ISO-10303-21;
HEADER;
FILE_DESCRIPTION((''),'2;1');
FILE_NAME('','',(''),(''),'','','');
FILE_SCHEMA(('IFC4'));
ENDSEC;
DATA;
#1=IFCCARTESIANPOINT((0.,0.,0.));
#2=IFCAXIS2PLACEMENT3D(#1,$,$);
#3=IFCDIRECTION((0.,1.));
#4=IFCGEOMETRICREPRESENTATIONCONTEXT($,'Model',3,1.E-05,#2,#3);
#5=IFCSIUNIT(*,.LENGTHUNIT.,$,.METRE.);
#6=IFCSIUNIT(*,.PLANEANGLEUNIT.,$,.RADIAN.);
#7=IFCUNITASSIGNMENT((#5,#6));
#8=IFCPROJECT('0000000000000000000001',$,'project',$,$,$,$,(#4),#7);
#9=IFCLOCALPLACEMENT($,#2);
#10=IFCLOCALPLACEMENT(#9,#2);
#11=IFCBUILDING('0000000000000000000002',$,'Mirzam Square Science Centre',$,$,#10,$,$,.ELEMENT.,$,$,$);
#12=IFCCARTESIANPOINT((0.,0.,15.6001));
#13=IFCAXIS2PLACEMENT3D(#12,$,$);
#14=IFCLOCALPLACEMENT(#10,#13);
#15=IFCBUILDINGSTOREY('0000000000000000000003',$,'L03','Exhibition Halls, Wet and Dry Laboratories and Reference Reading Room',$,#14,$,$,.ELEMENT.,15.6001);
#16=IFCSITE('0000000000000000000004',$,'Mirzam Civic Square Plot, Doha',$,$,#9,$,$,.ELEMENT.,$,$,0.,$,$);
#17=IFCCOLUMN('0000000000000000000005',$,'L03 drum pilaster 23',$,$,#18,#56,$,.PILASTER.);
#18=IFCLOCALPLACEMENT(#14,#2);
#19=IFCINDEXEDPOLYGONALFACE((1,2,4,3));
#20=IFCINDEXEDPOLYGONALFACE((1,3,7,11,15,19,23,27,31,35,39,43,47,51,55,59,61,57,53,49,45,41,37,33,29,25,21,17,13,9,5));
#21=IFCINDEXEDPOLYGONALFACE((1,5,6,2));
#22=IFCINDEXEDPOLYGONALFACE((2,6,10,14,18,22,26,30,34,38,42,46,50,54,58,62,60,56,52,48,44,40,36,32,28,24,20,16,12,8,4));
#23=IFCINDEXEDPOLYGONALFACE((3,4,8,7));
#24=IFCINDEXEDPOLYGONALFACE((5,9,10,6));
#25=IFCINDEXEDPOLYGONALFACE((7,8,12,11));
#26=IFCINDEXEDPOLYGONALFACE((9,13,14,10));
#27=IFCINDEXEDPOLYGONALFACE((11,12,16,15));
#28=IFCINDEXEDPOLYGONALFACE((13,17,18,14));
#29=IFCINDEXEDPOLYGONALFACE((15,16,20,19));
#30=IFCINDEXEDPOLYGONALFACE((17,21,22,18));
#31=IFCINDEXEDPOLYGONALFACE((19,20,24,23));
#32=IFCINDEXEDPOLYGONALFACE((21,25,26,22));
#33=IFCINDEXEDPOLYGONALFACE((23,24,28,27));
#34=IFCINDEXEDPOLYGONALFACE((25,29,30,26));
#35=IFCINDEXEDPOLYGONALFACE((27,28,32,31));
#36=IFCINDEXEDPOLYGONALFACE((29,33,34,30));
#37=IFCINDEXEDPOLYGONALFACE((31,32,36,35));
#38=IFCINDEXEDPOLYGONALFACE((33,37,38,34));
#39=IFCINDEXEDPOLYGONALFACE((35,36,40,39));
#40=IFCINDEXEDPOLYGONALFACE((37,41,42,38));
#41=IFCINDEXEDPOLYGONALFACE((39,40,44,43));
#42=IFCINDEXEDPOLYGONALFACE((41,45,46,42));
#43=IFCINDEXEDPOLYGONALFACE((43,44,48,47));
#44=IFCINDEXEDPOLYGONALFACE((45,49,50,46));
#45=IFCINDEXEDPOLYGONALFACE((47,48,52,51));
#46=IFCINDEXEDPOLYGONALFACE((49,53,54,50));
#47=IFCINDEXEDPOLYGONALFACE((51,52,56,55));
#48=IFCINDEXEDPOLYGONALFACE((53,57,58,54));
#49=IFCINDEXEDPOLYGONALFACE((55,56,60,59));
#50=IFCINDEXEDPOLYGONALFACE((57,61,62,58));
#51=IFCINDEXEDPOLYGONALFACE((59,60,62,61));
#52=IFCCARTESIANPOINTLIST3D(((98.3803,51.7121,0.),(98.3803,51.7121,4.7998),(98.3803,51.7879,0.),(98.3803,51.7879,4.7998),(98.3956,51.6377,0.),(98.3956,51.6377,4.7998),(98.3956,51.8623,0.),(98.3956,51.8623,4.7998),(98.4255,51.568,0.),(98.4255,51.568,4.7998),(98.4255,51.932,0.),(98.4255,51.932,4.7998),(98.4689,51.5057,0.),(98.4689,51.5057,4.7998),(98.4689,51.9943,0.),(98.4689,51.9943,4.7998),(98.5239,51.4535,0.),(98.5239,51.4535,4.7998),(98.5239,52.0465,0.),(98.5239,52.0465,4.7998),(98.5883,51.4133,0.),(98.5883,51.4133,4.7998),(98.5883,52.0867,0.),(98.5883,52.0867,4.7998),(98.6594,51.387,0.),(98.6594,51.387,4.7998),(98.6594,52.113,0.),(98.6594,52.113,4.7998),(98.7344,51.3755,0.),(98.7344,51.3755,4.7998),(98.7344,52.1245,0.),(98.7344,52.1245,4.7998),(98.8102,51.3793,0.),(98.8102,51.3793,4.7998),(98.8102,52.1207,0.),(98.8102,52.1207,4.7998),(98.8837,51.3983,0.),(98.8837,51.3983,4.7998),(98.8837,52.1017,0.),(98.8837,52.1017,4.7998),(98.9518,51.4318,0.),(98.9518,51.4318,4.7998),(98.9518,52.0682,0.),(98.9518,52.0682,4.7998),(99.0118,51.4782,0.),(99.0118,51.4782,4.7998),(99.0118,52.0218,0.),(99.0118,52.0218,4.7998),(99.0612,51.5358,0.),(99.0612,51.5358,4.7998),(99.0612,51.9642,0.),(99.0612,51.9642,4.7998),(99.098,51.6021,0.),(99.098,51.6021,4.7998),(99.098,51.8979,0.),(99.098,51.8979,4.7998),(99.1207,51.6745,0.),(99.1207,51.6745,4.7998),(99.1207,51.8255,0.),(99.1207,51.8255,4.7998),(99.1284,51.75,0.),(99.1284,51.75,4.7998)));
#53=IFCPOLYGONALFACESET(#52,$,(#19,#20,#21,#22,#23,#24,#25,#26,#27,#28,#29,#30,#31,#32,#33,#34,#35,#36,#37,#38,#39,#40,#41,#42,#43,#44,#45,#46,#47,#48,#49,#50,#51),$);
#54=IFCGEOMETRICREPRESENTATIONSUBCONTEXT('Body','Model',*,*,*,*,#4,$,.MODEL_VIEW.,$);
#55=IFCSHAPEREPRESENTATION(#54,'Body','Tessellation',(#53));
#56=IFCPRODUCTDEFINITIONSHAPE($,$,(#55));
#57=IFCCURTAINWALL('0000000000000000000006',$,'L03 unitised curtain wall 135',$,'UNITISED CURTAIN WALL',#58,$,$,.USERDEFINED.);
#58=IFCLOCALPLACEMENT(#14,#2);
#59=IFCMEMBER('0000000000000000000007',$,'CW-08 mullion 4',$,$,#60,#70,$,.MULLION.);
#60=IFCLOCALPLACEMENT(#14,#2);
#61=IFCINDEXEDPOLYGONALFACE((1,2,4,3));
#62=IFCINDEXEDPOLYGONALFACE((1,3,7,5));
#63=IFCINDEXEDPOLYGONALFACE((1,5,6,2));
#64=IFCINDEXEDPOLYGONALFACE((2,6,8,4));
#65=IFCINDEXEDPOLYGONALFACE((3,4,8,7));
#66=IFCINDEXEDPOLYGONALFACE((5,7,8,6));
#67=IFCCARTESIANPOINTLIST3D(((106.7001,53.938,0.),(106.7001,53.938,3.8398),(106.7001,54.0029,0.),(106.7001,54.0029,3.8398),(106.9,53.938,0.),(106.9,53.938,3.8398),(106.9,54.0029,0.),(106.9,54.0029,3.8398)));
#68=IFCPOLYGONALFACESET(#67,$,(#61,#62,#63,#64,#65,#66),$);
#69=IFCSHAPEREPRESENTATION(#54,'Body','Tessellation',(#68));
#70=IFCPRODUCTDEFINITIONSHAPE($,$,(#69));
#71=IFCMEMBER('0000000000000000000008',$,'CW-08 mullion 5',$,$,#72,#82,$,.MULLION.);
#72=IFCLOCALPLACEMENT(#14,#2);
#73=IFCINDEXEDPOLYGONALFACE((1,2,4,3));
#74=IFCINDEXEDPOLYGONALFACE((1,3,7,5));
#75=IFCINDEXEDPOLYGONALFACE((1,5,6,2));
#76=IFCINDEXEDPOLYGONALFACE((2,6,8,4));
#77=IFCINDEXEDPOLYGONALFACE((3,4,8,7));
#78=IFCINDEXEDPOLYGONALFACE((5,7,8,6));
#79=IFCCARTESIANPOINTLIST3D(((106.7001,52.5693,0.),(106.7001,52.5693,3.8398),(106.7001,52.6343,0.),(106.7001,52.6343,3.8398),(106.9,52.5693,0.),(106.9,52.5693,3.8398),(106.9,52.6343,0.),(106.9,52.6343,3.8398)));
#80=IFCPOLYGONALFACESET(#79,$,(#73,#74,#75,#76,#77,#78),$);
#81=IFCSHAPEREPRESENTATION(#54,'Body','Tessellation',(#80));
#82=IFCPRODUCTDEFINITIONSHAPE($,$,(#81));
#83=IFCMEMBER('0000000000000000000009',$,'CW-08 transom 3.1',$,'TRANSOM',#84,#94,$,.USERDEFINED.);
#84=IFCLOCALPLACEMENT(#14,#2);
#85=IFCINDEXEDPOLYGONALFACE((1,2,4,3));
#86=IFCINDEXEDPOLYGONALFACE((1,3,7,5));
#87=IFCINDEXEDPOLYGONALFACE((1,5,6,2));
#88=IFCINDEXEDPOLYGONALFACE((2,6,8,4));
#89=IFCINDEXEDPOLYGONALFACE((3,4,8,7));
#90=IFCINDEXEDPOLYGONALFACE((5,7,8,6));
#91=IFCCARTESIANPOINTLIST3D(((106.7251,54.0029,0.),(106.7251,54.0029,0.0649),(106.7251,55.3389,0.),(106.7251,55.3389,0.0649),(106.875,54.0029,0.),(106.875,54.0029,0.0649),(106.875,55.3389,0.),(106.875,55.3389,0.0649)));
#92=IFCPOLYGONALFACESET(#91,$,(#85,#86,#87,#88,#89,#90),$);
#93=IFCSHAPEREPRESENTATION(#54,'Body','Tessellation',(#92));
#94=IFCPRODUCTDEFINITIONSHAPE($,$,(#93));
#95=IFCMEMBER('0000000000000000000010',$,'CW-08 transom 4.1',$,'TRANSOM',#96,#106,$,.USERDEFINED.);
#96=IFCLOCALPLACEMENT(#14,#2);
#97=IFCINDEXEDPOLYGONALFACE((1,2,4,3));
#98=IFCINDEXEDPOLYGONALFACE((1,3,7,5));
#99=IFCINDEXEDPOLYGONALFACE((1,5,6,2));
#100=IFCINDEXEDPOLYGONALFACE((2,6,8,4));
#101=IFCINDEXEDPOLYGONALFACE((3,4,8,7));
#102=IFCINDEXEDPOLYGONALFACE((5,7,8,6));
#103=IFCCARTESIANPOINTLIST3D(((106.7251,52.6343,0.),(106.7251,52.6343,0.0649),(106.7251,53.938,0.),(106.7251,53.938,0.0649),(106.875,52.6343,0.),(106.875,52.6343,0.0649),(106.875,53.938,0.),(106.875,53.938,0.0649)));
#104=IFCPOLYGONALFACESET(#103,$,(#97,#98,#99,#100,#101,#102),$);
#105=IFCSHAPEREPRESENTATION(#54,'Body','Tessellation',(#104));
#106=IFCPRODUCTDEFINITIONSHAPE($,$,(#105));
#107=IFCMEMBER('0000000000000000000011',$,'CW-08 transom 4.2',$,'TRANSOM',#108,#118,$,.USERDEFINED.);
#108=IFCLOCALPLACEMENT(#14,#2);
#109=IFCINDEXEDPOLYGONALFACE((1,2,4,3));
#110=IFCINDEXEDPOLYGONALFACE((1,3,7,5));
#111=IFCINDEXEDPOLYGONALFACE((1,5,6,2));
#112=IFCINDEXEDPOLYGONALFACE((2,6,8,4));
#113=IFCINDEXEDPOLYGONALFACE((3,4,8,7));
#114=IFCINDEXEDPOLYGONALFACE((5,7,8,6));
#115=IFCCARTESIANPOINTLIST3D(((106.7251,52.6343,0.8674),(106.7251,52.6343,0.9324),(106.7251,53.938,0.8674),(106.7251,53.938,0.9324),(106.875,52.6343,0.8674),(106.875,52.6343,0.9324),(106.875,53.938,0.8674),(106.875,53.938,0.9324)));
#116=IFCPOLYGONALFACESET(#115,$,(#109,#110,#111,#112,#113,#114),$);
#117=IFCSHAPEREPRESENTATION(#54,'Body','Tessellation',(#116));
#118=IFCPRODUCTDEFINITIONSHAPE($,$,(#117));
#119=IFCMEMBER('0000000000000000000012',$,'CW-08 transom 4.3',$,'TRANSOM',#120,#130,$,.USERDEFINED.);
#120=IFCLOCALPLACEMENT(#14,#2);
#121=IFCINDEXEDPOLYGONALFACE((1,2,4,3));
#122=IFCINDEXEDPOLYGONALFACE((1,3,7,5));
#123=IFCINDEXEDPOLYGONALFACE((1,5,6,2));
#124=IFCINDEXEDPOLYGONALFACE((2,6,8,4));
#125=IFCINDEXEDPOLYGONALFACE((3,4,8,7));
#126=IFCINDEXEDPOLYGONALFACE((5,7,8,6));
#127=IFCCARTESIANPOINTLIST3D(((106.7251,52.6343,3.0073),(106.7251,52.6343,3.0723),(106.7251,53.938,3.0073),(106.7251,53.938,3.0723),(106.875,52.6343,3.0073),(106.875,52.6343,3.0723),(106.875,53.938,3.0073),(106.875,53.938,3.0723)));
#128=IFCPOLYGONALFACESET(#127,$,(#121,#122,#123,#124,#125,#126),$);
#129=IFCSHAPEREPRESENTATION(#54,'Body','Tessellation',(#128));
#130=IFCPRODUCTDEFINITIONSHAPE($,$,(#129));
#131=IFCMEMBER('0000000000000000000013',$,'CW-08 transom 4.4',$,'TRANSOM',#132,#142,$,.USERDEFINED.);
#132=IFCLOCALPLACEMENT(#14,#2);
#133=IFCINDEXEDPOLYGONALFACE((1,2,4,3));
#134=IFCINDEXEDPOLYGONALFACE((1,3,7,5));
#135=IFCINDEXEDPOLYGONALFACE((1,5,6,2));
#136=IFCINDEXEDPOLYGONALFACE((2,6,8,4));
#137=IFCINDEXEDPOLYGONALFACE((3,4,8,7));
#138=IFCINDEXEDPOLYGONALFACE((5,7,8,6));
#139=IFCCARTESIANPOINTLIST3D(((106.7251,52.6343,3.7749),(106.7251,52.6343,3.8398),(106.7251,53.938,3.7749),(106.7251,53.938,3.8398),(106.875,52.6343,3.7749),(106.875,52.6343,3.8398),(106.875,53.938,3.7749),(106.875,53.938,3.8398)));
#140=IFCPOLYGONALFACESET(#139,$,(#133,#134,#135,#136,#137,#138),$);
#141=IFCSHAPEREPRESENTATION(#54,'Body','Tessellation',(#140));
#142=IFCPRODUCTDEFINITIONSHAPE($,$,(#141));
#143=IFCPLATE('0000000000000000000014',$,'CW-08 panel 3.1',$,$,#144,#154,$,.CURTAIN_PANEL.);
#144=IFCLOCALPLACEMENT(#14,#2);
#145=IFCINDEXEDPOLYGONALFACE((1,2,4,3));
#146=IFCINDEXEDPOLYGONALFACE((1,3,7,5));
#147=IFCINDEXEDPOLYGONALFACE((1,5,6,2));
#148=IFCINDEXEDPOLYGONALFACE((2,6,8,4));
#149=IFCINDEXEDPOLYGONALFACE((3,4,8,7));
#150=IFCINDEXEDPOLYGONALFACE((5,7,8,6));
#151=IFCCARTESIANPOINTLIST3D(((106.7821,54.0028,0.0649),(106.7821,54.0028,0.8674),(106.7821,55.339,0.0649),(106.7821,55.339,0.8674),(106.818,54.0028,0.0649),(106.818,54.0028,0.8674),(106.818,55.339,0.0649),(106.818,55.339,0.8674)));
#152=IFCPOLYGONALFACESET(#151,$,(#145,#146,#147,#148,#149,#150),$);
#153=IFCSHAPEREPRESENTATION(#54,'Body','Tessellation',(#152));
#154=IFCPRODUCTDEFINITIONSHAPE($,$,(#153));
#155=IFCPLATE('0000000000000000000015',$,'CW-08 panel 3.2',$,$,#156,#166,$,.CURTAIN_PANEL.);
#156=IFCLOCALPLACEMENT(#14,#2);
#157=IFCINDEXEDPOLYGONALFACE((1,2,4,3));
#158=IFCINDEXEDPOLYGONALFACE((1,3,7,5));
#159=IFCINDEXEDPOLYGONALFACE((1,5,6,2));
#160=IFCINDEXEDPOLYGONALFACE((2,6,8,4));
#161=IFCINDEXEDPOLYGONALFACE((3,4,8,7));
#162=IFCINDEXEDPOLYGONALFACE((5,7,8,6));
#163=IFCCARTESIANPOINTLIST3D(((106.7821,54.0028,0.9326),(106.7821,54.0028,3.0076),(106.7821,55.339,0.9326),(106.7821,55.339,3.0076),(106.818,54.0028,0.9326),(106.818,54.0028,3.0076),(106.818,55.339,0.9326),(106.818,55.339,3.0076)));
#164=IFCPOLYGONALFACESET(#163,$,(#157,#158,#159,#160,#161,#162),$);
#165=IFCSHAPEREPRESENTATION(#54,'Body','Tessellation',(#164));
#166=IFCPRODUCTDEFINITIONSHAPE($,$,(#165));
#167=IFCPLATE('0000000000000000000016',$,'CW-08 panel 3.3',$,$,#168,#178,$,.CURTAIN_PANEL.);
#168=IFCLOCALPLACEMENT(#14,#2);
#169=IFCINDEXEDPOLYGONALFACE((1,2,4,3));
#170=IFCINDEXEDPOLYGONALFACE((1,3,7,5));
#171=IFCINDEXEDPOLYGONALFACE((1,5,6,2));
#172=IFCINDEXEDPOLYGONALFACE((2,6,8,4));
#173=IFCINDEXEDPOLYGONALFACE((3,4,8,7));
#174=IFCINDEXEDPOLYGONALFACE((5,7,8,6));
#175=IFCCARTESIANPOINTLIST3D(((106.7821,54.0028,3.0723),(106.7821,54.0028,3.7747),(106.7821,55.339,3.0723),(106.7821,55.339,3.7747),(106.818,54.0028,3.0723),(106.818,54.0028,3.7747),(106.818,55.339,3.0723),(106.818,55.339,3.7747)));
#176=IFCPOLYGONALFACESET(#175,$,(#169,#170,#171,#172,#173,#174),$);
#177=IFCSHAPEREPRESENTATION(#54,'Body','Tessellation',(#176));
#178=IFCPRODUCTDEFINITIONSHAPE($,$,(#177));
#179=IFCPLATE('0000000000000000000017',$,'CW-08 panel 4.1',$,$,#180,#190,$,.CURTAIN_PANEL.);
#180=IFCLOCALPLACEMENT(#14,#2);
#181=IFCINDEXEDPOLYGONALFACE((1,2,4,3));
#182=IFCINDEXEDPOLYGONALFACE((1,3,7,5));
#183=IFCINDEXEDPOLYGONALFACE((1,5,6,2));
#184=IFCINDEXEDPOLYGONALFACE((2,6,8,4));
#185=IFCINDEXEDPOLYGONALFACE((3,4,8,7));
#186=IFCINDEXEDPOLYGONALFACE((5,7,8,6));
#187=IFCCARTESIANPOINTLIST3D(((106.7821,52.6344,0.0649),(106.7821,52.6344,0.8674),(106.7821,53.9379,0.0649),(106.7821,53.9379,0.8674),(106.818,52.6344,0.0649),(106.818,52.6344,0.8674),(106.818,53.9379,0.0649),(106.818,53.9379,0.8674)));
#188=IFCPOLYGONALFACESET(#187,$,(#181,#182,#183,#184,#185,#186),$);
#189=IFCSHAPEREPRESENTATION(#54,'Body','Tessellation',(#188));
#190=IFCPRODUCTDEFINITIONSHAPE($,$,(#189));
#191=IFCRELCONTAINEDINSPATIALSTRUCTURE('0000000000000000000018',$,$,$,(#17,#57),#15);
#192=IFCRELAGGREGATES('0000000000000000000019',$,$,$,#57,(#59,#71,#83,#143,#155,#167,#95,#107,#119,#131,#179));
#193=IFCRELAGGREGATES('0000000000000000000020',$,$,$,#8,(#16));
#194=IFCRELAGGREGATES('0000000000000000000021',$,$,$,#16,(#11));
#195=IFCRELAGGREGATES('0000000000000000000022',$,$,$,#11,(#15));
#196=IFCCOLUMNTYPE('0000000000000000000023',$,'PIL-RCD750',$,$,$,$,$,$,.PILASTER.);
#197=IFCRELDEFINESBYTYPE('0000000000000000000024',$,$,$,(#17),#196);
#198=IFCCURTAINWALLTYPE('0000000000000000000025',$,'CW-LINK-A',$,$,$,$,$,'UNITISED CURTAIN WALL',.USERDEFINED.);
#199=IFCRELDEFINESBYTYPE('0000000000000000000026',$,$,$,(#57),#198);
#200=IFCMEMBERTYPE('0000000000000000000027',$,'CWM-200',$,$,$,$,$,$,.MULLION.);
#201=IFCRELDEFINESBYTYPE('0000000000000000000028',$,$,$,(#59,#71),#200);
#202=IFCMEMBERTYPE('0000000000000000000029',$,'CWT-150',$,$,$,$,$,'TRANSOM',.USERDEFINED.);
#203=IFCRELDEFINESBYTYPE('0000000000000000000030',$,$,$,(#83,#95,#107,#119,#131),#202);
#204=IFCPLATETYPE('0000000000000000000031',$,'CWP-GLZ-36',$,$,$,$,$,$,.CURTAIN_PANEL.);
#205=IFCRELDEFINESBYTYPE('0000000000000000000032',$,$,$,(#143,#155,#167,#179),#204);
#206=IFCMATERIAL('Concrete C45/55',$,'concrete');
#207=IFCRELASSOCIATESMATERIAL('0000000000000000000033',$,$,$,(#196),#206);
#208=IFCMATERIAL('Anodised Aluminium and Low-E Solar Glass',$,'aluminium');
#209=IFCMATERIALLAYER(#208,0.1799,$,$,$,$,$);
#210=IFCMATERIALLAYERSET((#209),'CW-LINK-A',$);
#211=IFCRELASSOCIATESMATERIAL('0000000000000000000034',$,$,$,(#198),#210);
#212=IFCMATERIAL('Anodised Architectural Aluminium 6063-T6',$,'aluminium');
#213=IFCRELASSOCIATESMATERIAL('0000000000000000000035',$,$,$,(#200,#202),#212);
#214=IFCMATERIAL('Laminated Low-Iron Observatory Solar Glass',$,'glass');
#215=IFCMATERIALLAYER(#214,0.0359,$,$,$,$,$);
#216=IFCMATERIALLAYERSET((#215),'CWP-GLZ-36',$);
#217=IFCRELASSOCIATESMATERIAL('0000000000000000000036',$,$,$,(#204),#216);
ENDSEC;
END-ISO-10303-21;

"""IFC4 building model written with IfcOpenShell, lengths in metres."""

from ifc_helpers import new_model, si_unit, direction, frame, origin, origin_2d, place, context, subcontext, project, spatial, rectangle, circle, extrude, material, layer, layer_set, material_profile, profile_set, type_object, element, aggregate, save


model = new_model("IFC4")

# Units and contexts
model_context = context("Model", 3, precision=1e-05, world=origin(), true_north=direction((0.0, 1.0)))
body_context = subcontext(model_context, "Body", "Model", "MODEL_VIEW")
ifc_project = project(units=[si_unit("LENGTHUNIT", "METRE"), si_unit("PLANEANGLEUNIT", "RADIAN")], contexts=[model_context])

# Site, building, storey
site_placement = place(None, origin())
site = spatial("IfcSite", under=ifc_project, at=site_placement, Name="Mirzam Civic Square Plot, Doha", CompositionType="ELEMENT", RefElevation=0.0)
building_placement = place(site_placement, origin())
building = spatial("IfcBuilding", under=site, at=building_placement, Name="Mirzam Square Science Centre", CompositionType="ELEMENT")
storey_placement = place(building_placement, frame((0.0, 0.0, 15.6001)))
storey = spatial("IfcBuildingStorey", under=building, at=storey_placement, Name="L03", Description="Exhibition Halls, Wet and Dry Laboratories and Reference Reading Room", CompositionType="ELEMENT", Elevation=15.6001)

# Column
ifc_material_1 = material(Name="Concrete C45/55", Category="concrete")
ifc_material_profile_1 = material_profile(ifc_material_1, circle(Radius=0.375, at=origin_2d()), Name="RCD750")
ifc_profile_set_1 = profile_set([ifc_material_profile_1], Name="Concrete C45/55")
column_type_1 = type_object("IfcColumnType", Name="PIL-RCD750", PredefinedType="PILASTER", material=ifc_profile_set_1)
column_1_placement = place(storey_placement, frame((98.7534, 51.75, 0.0), z_axis=(0.0, 0.0, 1.0), x_axis=(1.0, 0.0, 0.0)))
element("IfcColumn", 1, at=column_1_placement, inside=storey, type_object=column_type_1, Name="L03 drum pilaster 23", PredefinedType="PILASTER", context=body_context, shape_type="SweptSolid", body=[
    extrude(circle(Radius=0.375, at=origin_2d()), origin(), (0.0, 0.0, 1.0), 4.7998),
])

# Curtain wall, members, plates
ifc_material_2 = material(Name="Anodised Aluminium and Low-E Solar Glass", Category="aluminium")
ifc_layer_1 = layer(ifc_material_2, 0.1799)
ifc_layer_set_1 = layer_set([ifc_layer_1], Name="CW-LINK-A")
curtain_wall_type = type_object("IfcCurtainWallType", Name="CW-LINK-A", ElementType="UNITISED CURTAIN WALL", PredefinedType="USERDEFINED", material=ifc_layer_set_1)
curtain_wall_placement = place(storey_placement, origin())
curtain_wall = element("IfcCurtainWall", 2, at=curtain_wall_placement, inside=storey, type_object=curtain_wall_type, Name="L03 unitised curtain wall 135", ObjectType="UNITISED CURTAIN WALL", PredefinedType="USERDEFINED")
ifc_material_3 = material(Name="Anodised Architectural Aluminium 6063-T6", Category="aluminium")
ifc_material_profile_2 = material_profile(ifc_material_3, rectangle(XDim=0.0649, YDim=0.2, at=origin_2d()), Name="ALU-MULL-200x65x5")
ifc_profile_set_2 = profile_set([ifc_material_profile_2], Name="Anodised Architectural Aluminium 6063-T6")
member_type_1 = type_object("IfcMemberType", Name="CWM-200", PredefinedType="MULLION", material=ifc_profile_set_2)
member_1_placement = place(storey_placement, frame((106.8, 53.9705, 0.0), z_axis=(0.0, 0.0, 1.0), x_axis=(0.0, -1.0, 0.0)))
member_1 = element("IfcMember", 3, at=member_1_placement, type_object=member_type_1, Name="CW-08 mullion 4", PredefinedType="MULLION", context=body_context, shape_type="SweptSolid", body=[
    extrude(rectangle(XDim=0.0649, YDim=0.2, at=origin_2d()), origin(), (0.0, 0.0, 1.0), 3.8398),
])
member_2_placement = place(storey_placement, frame((106.8, 52.6018, 0.0), z_axis=(0.0, 0.0, 1.0), x_axis=(0.0, -1.0, 0.0)))
member_2 = element("IfcMember", 4, at=member_2_placement, type_object=member_type_1, Name="CW-08 mullion 5", PredefinedType="MULLION", context=body_context, shape_type="SweptSolid", body=[
    extrude(rectangle(XDim=0.0649, YDim=0.2, at=origin_2d()), origin(), (0.0, 0.0, 1.0), 3.8398),
])
ifc_material_profile_3 = material_profile(ifc_material_3, rectangle(XDim=0.1499, YDim=0.0649, at=origin_2d()), Name="ALU-TRAN-150x65x4")
ifc_profile_set_3 = profile_set([ifc_material_profile_3], Name="Anodised Architectural Aluminium 6063-T6")
member_type_2 = type_object("IfcMemberType", Name="CWT-150", ElementType="TRANSOM", PredefinedType="USERDEFINED", material=ifc_profile_set_3)
member_3_placement = place(storey_placement, frame((106.8, 55.3389, 0.0325), z_axis=(0.0, -1.0, 0.0), x_axis=(1.0, 0.0, 0.0)))
member_3 = element("IfcMember", 5, at=member_3_placement, type_object=member_type_2, Name="CW-08 transom 3.1", ObjectType="TRANSOM", PredefinedType="USERDEFINED", context=body_context, shape_type="SweptSolid", body=[
    extrude(rectangle(XDim=0.1499, YDim=0.0649, at=origin_2d()), origin(), (0.0, 0.0, 1.0), 1.3359),
])
member_4_placement = place(storey_placement, frame((106.8, 53.938, 0.0325), z_axis=(0.0, -1.0, 0.0), x_axis=(1.0, 0.0, 0.0)))
member_4 = element("IfcMember", 6, at=member_4_placement, type_object=member_type_2, Name="CW-08 transom 4.1", ObjectType="TRANSOM", PredefinedType="USERDEFINED", context=body_context, shape_type="SweptSolid", body=[
    extrude(rectangle(XDim=0.1499, YDim=0.0649, at=origin_2d()), origin(), (0.0, 0.0, 1.0), 1.3037),
])
member_5_placement = place(storey_placement, frame((106.8, 53.938, 0.8999), z_axis=(0.0, -1.0, 0.0), x_axis=(1.0, 0.0, 0.0)))
member_5 = element("IfcMember", 7, at=member_5_placement, type_object=member_type_2, Name="CW-08 transom 4.2", ObjectType="TRANSOM", PredefinedType="USERDEFINED", context=body_context, shape_type="SweptSolid", body=[
    extrude(rectangle(XDim=0.1499, YDim=0.0649, at=origin_2d()), origin(), (0.0, 0.0, 1.0), 1.3037),
])
member_6_placement = place(storey_placement, frame((106.8, 53.938, 3.0398), z_axis=(0.0, -1.0, 0.0), x_axis=(1.0, 0.0, 0.0)))
member_6 = element("IfcMember", 8, at=member_6_placement, type_object=member_type_2, Name="CW-08 transom 4.3", ObjectType="TRANSOM", PredefinedType="USERDEFINED", context=body_context, shape_type="SweptSolid", body=[
    extrude(rectangle(XDim=0.1499, YDim=0.0649, at=origin_2d()), origin(), (0.0, 0.0, 1.0), 1.3037),
])
member_7_placement = place(storey_placement, frame((106.8, 53.938, 3.8074), z_axis=(0.0, -1.0, 0.0), x_axis=(1.0, 0.0, 0.0)))
member_7 = element("IfcMember", 9, at=member_7_placement, type_object=member_type_2, Name="CW-08 transom 4.4", ObjectType="TRANSOM", PredefinedType="USERDEFINED", context=body_context, shape_type="SweptSolid", body=[
    extrude(rectangle(XDim=0.1499, YDim=0.0649, at=origin_2d()), origin(), (0.0, 0.0, 1.0), 1.3037),
])
ifc_material_4 = material(Name="Laminated Low-Iron Observatory Solar Glass", Category="glass")
ifc_layer_2 = layer(ifc_material_4, 0.0359)
ifc_layer_set_2 = layer_set([ifc_layer_2], Name="CWP-GLZ-36")
plate_type = type_object("IfcPlateType", Name="CWP-GLZ-36", PredefinedType="CURTAIN_PANEL", material=ifc_layer_set_2)
plate_1_placement = place(storey_placement, frame((106.8, 54.6709, 0.0649), z_axis=(0.0, 0.0, 1.0), x_axis=(0.0, -1.0, 0.0)))
plate_1 = element("IfcPlate", 10, at=plate_1_placement, type_object=plate_type, Name="CW-08 panel 3.1", PredefinedType="CURTAIN_PANEL", context=body_context, shape_type="SweptSolid", body=[
    extrude(rectangle(XDim=1.3362, YDim=0.0359, at=origin_2d()), origin(), (0.0, 0.0, 1.0), 0.8025),
])
plate_2_placement = place(storey_placement, frame((106.8, 54.6709, 0.9326), z_axis=(0.0, 0.0, 1.0), x_axis=(0.0, -1.0, 0.0)))
plate_2 = element("IfcPlate", 11, at=plate_2_placement, type_object=plate_type, Name="CW-08 panel 3.2", PredefinedType="CURTAIN_PANEL", context=body_context, shape_type="SweptSolid", body=[
    extrude(rectangle(XDim=1.3362, YDim=0.0359, at=origin_2d()), origin(), (0.0, 0.0, 1.0), 2.075),
])
plate_3_placement = place(storey_placement, frame((106.8, 54.6709, 3.0723), z_axis=(0.0, 0.0, 1.0), x_axis=(0.0, -1.0, 0.0)))
plate_3 = element("IfcPlate", 12, at=plate_3_placement, type_object=plate_type, Name="CW-08 panel 3.3", PredefinedType="CURTAIN_PANEL", context=body_context, shape_type="SweptSolid", body=[
    extrude(rectangle(XDim=1.3362, YDim=0.0359, at=origin_2d()), origin(), (0.0, 0.0, 1.0), 0.7024),
])
plate_4_placement = place(storey_placement, frame((106.8, 53.2861, 0.0649), z_axis=(0.0, 0.0, 1.0), x_axis=(0.0, -1.0, 0.0)))
plate_4 = element("IfcPlate", 13, at=plate_4_placement, type_object=plate_type, Name="CW-08 panel 4.1", PredefinedType="CURTAIN_PANEL", context=body_context, shape_type="SweptSolid", body=[
    extrude(rectangle(XDim=1.3035, YDim=0.0359, at=origin_2d()), origin(), (0.0, 0.0, 1.0), 0.8025),
])
aggregate(curtain_wall, [member_1, member_2, member_3, plate_1, plate_2, plate_3, member_4, member_5, member_6, member_7, plate_4])

save(model, "model.ifc")
